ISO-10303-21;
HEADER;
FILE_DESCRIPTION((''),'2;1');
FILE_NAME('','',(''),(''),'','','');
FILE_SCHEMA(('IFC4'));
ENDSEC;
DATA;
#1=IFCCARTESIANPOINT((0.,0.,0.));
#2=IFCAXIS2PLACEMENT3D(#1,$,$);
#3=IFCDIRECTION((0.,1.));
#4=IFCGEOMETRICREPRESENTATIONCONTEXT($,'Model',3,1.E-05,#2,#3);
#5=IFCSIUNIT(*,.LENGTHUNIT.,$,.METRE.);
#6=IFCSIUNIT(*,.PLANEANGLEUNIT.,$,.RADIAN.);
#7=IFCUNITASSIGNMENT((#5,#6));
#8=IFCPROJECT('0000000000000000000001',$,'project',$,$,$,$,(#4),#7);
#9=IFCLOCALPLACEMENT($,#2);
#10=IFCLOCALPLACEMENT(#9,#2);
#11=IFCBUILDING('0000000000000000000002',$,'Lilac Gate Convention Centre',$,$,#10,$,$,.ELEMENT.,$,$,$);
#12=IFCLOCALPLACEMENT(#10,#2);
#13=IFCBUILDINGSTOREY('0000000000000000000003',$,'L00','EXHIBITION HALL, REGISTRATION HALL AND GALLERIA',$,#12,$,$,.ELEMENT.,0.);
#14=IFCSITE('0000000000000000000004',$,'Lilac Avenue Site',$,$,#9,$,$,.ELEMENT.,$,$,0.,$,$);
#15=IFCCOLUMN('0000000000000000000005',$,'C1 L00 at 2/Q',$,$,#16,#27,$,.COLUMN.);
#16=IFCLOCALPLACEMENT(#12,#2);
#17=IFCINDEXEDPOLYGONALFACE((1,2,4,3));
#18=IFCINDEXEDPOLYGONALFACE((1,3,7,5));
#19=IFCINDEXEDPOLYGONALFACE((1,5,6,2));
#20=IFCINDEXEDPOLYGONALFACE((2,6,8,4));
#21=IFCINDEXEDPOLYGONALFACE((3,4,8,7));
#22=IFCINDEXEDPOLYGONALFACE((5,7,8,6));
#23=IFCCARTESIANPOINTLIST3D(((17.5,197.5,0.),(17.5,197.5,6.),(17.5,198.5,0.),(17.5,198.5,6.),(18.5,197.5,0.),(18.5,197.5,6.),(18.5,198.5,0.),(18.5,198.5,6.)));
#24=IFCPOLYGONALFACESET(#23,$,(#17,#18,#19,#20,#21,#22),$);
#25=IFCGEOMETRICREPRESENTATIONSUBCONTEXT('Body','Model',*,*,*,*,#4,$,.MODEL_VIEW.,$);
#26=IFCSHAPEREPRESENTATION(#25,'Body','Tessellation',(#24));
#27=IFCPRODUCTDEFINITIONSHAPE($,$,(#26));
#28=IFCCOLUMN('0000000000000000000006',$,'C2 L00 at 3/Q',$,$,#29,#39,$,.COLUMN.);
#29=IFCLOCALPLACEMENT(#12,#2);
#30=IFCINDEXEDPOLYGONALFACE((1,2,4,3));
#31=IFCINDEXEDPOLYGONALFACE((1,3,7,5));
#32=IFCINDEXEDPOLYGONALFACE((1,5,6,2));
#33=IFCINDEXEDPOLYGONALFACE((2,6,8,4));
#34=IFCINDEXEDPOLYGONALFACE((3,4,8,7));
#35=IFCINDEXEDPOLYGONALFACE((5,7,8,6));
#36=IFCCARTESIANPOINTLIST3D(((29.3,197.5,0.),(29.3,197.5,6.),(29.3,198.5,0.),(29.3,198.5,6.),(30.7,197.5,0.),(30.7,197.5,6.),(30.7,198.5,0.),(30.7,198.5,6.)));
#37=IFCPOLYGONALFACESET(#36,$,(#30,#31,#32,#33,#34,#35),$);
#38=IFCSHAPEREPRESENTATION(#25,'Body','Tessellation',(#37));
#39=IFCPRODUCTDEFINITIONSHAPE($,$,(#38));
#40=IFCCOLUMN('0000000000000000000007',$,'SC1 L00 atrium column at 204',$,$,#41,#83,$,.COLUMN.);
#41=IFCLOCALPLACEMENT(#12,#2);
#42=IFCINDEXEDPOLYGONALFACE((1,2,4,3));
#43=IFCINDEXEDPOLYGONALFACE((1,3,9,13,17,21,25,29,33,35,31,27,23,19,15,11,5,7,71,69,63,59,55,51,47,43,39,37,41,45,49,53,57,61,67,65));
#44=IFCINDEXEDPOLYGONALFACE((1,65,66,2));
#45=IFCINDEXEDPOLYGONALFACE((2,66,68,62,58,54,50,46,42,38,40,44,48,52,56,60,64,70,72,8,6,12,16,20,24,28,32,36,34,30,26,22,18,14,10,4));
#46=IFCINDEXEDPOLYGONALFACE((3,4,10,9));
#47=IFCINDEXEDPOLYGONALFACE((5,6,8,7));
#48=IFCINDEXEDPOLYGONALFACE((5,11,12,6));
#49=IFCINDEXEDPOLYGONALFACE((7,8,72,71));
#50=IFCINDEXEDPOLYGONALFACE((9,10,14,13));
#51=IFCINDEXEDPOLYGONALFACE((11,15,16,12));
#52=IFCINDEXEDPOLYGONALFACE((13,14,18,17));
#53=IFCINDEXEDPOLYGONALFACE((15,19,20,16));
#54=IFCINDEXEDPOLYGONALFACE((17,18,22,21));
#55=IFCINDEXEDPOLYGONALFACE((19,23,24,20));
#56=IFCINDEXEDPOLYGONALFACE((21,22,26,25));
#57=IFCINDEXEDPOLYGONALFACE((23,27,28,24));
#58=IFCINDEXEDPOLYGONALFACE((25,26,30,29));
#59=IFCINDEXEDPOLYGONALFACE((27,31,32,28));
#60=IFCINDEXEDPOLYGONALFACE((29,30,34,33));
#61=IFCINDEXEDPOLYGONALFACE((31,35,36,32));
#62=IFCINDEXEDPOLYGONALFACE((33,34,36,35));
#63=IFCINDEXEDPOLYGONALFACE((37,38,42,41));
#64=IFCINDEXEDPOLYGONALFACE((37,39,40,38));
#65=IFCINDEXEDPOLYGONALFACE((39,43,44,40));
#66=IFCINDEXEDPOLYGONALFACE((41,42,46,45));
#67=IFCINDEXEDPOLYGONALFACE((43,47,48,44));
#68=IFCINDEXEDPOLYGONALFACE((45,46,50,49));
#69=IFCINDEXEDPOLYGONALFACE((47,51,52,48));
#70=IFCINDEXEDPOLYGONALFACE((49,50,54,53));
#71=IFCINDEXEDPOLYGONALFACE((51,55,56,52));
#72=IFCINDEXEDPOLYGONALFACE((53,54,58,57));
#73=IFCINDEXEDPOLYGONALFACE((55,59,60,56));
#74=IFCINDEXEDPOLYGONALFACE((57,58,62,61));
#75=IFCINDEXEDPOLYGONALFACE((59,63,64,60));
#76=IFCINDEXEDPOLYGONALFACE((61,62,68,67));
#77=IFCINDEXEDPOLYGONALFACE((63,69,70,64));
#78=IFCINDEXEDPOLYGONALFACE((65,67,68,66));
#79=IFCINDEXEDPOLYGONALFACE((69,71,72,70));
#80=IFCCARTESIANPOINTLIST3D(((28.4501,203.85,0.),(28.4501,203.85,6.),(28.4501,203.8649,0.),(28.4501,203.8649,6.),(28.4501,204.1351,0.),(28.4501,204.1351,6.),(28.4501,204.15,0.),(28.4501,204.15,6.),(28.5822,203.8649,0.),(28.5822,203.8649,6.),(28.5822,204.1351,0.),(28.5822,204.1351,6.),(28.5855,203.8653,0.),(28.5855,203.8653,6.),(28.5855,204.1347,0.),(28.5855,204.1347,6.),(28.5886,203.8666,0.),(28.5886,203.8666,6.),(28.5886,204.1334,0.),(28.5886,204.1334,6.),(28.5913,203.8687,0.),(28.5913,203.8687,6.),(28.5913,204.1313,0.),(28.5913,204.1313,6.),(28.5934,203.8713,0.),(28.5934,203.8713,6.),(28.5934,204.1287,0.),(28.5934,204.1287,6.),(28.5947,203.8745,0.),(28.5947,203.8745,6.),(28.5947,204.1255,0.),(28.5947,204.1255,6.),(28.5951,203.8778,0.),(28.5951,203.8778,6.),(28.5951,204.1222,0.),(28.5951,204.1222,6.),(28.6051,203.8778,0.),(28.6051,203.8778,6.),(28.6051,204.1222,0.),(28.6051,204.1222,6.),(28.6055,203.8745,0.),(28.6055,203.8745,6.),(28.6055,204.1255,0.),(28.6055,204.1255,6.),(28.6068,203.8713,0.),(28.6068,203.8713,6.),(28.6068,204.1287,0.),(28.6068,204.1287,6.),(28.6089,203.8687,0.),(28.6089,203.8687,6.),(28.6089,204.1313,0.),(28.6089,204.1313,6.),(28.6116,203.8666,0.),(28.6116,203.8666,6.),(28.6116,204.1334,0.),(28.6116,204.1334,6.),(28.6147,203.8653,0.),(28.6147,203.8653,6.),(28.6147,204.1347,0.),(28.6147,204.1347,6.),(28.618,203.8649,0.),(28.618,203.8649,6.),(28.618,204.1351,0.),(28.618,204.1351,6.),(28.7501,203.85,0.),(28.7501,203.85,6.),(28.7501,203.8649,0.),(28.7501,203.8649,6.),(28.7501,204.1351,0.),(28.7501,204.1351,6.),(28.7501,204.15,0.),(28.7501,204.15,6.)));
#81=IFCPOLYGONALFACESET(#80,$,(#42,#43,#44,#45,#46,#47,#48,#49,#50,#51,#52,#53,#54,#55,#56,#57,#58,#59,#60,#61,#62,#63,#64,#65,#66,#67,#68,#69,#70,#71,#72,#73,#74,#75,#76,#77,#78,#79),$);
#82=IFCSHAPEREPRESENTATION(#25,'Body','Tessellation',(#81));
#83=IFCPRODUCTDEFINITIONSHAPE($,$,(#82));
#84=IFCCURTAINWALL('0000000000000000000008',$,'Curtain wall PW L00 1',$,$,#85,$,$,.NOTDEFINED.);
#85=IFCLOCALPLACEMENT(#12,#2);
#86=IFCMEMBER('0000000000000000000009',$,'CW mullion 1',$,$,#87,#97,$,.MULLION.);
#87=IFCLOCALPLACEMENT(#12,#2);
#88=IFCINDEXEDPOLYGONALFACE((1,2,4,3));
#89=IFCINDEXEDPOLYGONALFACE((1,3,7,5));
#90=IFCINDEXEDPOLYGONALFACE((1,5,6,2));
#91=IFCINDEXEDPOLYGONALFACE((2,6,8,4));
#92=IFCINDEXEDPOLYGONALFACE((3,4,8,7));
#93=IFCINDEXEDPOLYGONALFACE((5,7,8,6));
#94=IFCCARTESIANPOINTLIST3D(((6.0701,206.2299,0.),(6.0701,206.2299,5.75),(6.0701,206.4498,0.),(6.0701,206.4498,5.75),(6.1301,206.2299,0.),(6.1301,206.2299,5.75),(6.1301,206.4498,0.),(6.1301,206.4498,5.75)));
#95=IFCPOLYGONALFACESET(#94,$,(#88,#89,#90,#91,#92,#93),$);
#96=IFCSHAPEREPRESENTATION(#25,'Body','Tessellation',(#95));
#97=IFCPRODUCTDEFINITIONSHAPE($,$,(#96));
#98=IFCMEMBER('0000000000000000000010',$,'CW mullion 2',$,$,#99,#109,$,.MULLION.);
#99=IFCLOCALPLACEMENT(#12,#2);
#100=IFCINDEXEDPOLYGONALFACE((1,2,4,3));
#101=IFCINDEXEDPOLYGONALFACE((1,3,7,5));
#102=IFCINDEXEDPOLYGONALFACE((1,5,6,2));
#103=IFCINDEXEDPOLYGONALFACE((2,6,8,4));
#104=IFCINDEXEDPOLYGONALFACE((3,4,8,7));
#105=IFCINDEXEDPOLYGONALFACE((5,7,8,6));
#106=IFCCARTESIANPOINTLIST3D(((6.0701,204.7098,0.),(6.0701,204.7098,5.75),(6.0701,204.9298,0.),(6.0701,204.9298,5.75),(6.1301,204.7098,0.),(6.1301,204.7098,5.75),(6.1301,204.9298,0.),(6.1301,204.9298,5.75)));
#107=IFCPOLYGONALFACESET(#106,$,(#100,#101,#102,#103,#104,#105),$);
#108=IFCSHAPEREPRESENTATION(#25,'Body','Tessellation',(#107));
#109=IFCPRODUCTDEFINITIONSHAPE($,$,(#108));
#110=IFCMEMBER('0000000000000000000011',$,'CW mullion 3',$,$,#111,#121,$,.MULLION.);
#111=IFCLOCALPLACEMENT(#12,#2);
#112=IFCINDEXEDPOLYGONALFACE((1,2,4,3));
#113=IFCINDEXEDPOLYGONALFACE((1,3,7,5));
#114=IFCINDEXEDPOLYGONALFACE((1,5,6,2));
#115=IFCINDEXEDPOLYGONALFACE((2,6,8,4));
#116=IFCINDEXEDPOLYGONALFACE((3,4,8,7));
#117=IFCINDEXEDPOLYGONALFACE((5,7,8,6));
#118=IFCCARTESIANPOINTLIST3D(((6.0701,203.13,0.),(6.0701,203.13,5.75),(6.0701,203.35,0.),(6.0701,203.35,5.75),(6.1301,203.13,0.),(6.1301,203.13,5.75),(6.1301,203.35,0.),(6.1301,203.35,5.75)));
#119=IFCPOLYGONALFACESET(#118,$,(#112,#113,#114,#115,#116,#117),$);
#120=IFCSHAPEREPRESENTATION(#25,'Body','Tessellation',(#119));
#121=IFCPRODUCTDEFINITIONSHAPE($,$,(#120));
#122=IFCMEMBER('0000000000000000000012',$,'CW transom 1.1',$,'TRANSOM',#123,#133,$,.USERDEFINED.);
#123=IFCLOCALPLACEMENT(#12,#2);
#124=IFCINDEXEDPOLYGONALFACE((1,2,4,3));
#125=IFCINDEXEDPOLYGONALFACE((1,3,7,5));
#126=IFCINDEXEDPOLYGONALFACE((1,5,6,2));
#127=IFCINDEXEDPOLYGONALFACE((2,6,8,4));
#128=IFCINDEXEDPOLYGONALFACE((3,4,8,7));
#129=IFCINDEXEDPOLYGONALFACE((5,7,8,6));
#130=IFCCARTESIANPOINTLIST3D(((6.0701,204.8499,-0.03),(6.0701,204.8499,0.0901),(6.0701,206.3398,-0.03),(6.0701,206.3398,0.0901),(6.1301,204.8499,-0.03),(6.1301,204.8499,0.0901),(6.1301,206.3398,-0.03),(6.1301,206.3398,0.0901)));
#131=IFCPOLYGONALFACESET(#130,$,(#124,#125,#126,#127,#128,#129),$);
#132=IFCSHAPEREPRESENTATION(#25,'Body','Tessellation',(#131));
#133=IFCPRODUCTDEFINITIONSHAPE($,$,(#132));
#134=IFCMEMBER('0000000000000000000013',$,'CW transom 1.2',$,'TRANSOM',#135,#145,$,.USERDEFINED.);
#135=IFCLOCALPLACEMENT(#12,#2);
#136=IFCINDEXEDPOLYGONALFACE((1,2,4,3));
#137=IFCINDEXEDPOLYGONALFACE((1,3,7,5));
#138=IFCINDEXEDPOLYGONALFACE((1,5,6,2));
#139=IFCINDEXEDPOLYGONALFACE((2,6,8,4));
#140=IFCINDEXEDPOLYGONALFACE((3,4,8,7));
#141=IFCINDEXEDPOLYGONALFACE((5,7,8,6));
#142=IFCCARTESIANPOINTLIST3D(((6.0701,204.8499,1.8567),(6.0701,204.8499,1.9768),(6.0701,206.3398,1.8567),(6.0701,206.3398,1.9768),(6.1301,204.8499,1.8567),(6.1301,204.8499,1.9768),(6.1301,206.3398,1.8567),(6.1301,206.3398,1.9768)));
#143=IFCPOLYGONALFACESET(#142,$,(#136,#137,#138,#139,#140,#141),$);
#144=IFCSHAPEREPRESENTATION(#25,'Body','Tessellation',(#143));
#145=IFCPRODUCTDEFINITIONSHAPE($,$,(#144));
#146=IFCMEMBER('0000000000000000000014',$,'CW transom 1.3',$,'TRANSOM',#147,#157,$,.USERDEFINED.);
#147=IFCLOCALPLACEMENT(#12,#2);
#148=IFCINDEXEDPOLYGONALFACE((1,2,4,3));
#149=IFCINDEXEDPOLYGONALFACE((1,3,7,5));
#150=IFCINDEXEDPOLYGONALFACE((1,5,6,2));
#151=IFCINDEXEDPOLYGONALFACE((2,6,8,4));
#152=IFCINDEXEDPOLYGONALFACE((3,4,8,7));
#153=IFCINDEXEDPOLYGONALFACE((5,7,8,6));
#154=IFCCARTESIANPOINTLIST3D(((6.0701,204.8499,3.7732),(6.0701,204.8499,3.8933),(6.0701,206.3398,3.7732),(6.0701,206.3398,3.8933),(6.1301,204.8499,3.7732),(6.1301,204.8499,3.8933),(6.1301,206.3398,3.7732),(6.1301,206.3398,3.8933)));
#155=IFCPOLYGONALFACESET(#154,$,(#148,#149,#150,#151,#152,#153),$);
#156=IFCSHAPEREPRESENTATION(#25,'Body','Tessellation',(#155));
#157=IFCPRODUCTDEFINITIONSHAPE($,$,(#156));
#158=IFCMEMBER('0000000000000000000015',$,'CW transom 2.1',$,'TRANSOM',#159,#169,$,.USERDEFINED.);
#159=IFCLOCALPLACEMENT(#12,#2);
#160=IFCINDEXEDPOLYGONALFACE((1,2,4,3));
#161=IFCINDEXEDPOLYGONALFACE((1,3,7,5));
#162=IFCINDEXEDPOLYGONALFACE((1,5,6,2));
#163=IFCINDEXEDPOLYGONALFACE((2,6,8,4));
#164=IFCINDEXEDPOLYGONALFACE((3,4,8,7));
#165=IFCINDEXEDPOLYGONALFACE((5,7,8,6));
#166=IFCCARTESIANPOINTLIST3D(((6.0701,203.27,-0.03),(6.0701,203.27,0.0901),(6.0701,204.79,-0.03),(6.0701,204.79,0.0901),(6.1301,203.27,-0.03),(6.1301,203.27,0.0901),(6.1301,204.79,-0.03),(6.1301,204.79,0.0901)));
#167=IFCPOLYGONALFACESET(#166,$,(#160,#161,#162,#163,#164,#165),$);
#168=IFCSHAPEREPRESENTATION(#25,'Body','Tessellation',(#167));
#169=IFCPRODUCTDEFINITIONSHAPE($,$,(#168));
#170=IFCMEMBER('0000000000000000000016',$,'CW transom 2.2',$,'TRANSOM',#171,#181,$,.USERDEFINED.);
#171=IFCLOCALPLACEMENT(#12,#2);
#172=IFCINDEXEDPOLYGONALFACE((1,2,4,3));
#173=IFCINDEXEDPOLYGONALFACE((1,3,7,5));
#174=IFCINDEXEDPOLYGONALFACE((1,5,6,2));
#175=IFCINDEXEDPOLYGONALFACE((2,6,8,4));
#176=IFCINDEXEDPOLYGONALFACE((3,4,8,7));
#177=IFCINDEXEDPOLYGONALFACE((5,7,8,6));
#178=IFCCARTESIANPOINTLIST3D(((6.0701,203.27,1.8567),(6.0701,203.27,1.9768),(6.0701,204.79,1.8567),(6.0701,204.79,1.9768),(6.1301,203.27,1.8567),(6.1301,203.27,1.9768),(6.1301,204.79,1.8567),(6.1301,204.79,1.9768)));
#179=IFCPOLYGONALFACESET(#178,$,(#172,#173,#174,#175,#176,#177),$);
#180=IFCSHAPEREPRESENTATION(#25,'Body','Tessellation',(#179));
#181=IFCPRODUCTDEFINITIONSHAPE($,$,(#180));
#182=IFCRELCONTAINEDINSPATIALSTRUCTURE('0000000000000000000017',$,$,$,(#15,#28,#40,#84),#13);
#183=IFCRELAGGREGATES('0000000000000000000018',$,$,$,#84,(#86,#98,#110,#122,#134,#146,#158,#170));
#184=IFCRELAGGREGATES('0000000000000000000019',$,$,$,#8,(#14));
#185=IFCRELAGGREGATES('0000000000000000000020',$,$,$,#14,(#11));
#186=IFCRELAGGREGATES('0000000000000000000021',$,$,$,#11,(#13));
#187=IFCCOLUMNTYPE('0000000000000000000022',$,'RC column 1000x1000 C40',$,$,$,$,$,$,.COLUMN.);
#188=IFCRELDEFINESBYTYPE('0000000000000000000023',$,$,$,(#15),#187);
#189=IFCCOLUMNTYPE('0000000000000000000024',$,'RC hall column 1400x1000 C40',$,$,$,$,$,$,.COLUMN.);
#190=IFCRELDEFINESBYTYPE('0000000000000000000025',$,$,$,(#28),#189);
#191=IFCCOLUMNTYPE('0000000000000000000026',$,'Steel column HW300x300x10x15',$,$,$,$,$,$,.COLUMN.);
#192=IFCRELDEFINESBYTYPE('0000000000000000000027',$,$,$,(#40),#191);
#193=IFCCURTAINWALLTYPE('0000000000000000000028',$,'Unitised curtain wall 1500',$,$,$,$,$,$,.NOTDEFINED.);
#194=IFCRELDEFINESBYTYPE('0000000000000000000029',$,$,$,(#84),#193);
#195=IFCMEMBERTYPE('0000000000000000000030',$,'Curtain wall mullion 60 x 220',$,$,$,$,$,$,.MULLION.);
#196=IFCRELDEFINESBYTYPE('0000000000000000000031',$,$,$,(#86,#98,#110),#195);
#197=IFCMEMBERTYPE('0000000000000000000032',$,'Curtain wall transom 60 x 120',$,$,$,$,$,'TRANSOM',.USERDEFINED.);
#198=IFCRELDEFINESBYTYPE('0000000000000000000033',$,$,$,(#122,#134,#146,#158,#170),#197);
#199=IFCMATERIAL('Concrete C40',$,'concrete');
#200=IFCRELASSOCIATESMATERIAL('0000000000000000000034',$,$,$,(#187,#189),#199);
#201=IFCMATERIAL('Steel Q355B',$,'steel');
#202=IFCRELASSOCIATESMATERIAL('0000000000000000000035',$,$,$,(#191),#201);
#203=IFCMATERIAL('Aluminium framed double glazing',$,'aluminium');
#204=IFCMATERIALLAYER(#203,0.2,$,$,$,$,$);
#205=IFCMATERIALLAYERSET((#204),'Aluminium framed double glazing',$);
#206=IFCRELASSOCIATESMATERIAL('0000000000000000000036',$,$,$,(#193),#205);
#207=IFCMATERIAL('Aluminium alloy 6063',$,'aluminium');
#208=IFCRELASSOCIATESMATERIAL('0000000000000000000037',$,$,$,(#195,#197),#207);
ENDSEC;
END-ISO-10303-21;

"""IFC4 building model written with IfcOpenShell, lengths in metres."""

from ifc_helpers import new_model, si_unit, direction, frame, origin, origin_2d, place, context, subcontext, project, spatial, rectangle, i_section, extrude, material, layer, layer_set, material_profile, profile_set, type_object, element, aggregate, save


model = new_model("IFC4")

# Units and contexts
model_context = context("Model", 3, precision=1e-05, world=origin(), true_north=direction((0.0, 1.0)))
body_context = subcontext(model_context, "Body", "Model", "MODEL_VIEW")
ifc_project = project(units=[si_unit("LENGTHUNIT", "METRE"), si_unit("PLANEANGLEUNIT", "RADIAN")], contexts=[model_context])

# Site, building, storey
site_placement = place(None, origin())
site = spatial("IfcSite", under=ifc_project, at=site_placement, Name="Lilac Avenue Site", CompositionType="ELEMENT", RefElevation=0.0)
building_placement = place(site_placement, origin())
building = spatial("IfcBuilding", under=site, at=building_placement, Name="Lilac Gate Convention Centre", CompositionType="ELEMENT")
storey_placement = place(building_placement, origin())
storey = spatial("IfcBuildingStorey", under=building, at=storey_placement, Name="L00", Description="EXHIBITION HALL, REGISTRATION HALL AND GALLERIA", CompositionType="ELEMENT", Elevation=0.0)

# Columns
ifc_material_1 = material(Name="Concrete C40", Category="concrete")
ifc_material_profile_1 = material_profile(ifc_material_1, rectangle(XDim=1.0, YDim=1.0, at=origin_2d()), Name="RC 1000x1000")
ifc_profile_set_1 = profile_set([ifc_material_profile_1], Name="Concrete C40")
column_type_1 = type_object("IfcColumnType", Name="RC column 1000x1000 C40", PredefinedType="COLUMN", material=ifc_profile_set_1)
column_1_placement = place(storey_placement, frame((18.0, 198.0, 0.0), z_axis=(0.0, 0.0, 1.0), x_axis=(1.0, 0.0, 0.0)))
element("IfcColumn", 1, at=column_1_placement, inside=storey, type_object=column_type_1, Name="C1 L00 at 2/Q", PredefinedType="COLUMN", context=body_context, shape_type="SweptSolid", body=[
    extrude(rectangle(XDim=1.0, YDim=1.0, at=origin_2d()), origin(), (0.0, 0.0, 1.0), 6.0),
])
ifc_material_profile_2 = material_profile(ifc_material_1, rectangle(XDim=1.3999, YDim=1.0, at=origin_2d()), Name="RC 1400x1000")
ifc_profile_set_2 = profile_set([ifc_material_profile_2], Name="Concrete C40")
column_type_2 = type_object("IfcColumnType", Name="RC hall column 1400x1000 C40", PredefinedType="COLUMN", material=ifc_profile_set_2)
column_2_placement = place(storey_placement, frame((30.0, 198.0, 0.0), z_axis=(0.0, 0.0, 1.0), x_axis=(1.0, 0.0, 0.0)))
element("IfcColumn", 2, at=column_2_placement, inside=storey, type_object=column_type_2, Name="C2 L00 at 3/Q", PredefinedType="COLUMN", context=body_context, shape_type="SweptSolid", body=[
    extrude(rectangle(XDim=1.3999, YDim=1.0, at=origin_2d()), origin(), (0.0, 0.0, 1.0), 6.0),
])
ifc_material_2 = material(Name="Steel Q355B", Category="steel")
ifc_material_profile_3 = material_profile(ifc_material_2, i_section(OverallWidth=0.3, OverallDepth=0.3, WebThickness=0.01, FlangeThickness=0.0149, FilletRadius=0.0129, at=origin_2d()), Name="HW300x300x10x15")
ifc_profile_set_3 = profile_set([ifc_material_profile_3], Name="Steel Q355B")
column_type_3 = type_object("IfcColumnType", Name="Steel column HW300x300x10x15", PredefinedType="COLUMN", material=ifc_profile_set_3)
column_3_placement = place(storey_placement, frame((28.6001, 204.0, 0.0), z_axis=(0.0, 0.0, 1.0), x_axis=(1.0, 0.0, 0.0)))
element("IfcColumn", 3, at=column_3_placement, inside=storey, type_object=column_type_3, Name="SC1 L00 atrium column at 204", PredefinedType="COLUMN", context=body_context, shape_type="SweptSolid", body=[
    extrude(i_section(OverallWidth=0.3, OverallDepth=0.3, WebThickness=0.01, FlangeThickness=0.0149, FilletRadius=0.0129, at=origin_2d()), origin(), (0.0, 0.0, 1.0), 6.0),
])

# Curtain wall, members
ifc_material_3 = material(Name="Aluminium framed double glazing", Category="aluminium")
ifc_layer_1 = layer(ifc_material_3, 0.2)
ifc_layer_set_1 = layer_set([ifc_layer_1], Name="Aluminium framed double glazing")
curtain_wall_type = type_object("IfcCurtainWallType", Name="Unitised curtain wall 1500", PredefinedType="NOTDEFINED", material=ifc_layer_set_1)
curtain_wall_placement = place(storey_placement, origin())
curtain_wall = element("IfcCurtainWall", 4, at=curtain_wall_placement, inside=storey, type_object=curtain_wall_type, Name="Curtain wall PW L00 1", PredefinedType="NOTDEFINED")
ifc_material_4 = material(Name="Aluminium alloy 6063", Category="aluminium")
ifc_material_profile_4 = material_profile(ifc_material_4, rectangle(XDim=0.0601, YDim=0.22, at=origin_2d()), Name="Curtain wall mullion 60 x 220")
ifc_profile_set_4 = profile_set([ifc_material_profile_4], Name="Aluminium alloy 6063")
member_type_1 = type_object("IfcMemberType", Name="Curtain wall mullion 60 x 220", PredefinedType="MULLION", material=ifc_profile_set_4)
member_1_placement = place(storey_placement, frame((6.1001, 206.3398, 0.0), z_axis=(0.0, 0.0, 1.0), x_axis=(1.0, 0.0, 0.0)))
member_1 = element("IfcMember", 5, at=member_1_placement, type_object=member_type_1, Name="CW mullion 1", PredefinedType="MULLION", context=body_context, shape_type="SweptSolid", body=[
    extrude(rectangle(XDim=0.0601, YDim=0.22, at=origin_2d()), origin(), (0.0, 0.0, 1.0), 5.75),
])
member_2_placement = place(storey_placement, frame((6.1001, 204.8198, 0.0), z_axis=(0.0, 0.0, 1.0), x_axis=(1.0, 0.0, 0.0)))
member_2 = element("IfcMember", 6, at=member_2_placement, type_object=member_type_1, Name="CW mullion 2", PredefinedType="MULLION", context=body_context, shape_type="SweptSolid", body=[
    extrude(rectangle(XDim=0.0601, YDim=0.22, at=origin_2d()), origin(), (0.0, 0.0, 1.0), 5.75),
])
member_3_placement = place(storey_placement, frame((6.1001, 203.24, 0.0), z_axis=(0.0, 0.0, 1.0), x_axis=(1.0, 0.0, 0.0)))
member_3 = element("IfcMember", 7, at=member_3_placement, type_object=member_type_1, Name="CW mullion 3", PredefinedType="MULLION", context=body_context, shape_type="SweptSolid", body=[
    extrude(rectangle(XDim=0.0601, YDim=0.22, at=origin_2d()), origin(), (0.0, 0.0, 1.0), 5.75),
])
ifc_material_profile_5 = material_profile(ifc_material_4, rectangle(XDim=0.0601, YDim=0.1201, at=origin_2d()), Name="Curtain wall transom 60 x 120")
ifc_profile_set_5 = profile_set([ifc_material_profile_5], Name="Aluminium alloy 6063")
member_type_2 = type_object("IfcMemberType", Name="Curtain wall transom 60 x 120", ElementType="TRANSOM", PredefinedType="USERDEFINED", material=ifc_profile_set_5)
member_4_placement = place(storey_placement, frame((6.1001, 206.3398, 0.03), z_axis=(0.0, -1.0, 0.0), x_axis=(1.0, 0.0, 0.0)))
member_4 = element("IfcMember", 8, at=member_4_placement, type_object=member_type_2, Name="CW transom 1.1", ObjectType="TRANSOM", PredefinedType="USERDEFINED", context=body_context, shape_type="SweptSolid", body=[
    extrude(rectangle(XDim=0.0601, YDim=0.1201, at=origin_2d()), origin(), (0.0, 0.0, 1.0), 1.49),
])
member_5_placement = place(storey_placement, frame((6.1001, 206.3398, 1.9167), z_axis=(0.0, -1.0, 0.0), x_axis=(1.0, 0.0, 0.0)))
member_5 = element("IfcMember", 9, at=member_5_placement, type_object=member_type_2, Name="CW transom 1.2", ObjectType="TRANSOM", PredefinedType="USERDEFINED", context=body_context, shape_type="SweptSolid", body=[
    extrude(rectangle(XDim=0.0601, YDim=0.1201, at=origin_2d()), origin(), (0.0, 0.0, 1.0), 1.49),
])
member_6_placement = place(storey_placement, frame((6.1001, 206.3398, 3.8333), z_axis=(0.0, -1.0, 0.0), x_axis=(1.0, 0.0, 0.0)))
member_6 = element("IfcMember", 10, at=member_6_placement, type_object=member_type_2, Name="CW transom 1.3", ObjectType="TRANSOM", PredefinedType="USERDEFINED", context=body_context, shape_type="SweptSolid", body=[
    extrude(rectangle(XDim=0.0601, YDim=0.1201, at=origin_2d()), origin(), (0.0, 0.0, 1.0), 1.49),
])
member_7_placement = place(storey_placement, frame((6.1001, 204.79, 0.03), z_axis=(0.0, -1.0, 0.0), x_axis=(1.0, 0.0, 0.0)))
member_7 = element("IfcMember", 11, at=member_7_placement, type_object=member_type_2, Name="CW transom 2.1", ObjectType="TRANSOM", PredefinedType="USERDEFINED", context=body_context, shape_type="SweptSolid", body=[
    extrude(rectangle(XDim=0.0601, YDim=0.1201, at=origin_2d()), origin(), (0.0, 0.0, 1.0), 1.52),
])
member_8_placement = place(storey_placement, frame((6.1001, 204.79, 1.9167), z_axis=(0.0, -1.0, 0.0), x_axis=(1.0, 0.0, 0.0)))
member_8 = element("IfcMember", 12, at=member_8_placement, type_object=member_type_2, Name="CW transom 2.2", ObjectType="TRANSOM", PredefinedType="USERDEFINED", context=body_context, shape_type="SweptSolid", body=[
    extrude(rectangle(XDim=0.0601, YDim=0.1201, at=origin_2d()), origin(), (0.0, 0.0, 1.0), 1.52),
])

aggregate(curtain_wall, [member_1, member_2, member_3, member_4, member_5, member_6, member_7, member_8])

save(model, "model.ifc")
